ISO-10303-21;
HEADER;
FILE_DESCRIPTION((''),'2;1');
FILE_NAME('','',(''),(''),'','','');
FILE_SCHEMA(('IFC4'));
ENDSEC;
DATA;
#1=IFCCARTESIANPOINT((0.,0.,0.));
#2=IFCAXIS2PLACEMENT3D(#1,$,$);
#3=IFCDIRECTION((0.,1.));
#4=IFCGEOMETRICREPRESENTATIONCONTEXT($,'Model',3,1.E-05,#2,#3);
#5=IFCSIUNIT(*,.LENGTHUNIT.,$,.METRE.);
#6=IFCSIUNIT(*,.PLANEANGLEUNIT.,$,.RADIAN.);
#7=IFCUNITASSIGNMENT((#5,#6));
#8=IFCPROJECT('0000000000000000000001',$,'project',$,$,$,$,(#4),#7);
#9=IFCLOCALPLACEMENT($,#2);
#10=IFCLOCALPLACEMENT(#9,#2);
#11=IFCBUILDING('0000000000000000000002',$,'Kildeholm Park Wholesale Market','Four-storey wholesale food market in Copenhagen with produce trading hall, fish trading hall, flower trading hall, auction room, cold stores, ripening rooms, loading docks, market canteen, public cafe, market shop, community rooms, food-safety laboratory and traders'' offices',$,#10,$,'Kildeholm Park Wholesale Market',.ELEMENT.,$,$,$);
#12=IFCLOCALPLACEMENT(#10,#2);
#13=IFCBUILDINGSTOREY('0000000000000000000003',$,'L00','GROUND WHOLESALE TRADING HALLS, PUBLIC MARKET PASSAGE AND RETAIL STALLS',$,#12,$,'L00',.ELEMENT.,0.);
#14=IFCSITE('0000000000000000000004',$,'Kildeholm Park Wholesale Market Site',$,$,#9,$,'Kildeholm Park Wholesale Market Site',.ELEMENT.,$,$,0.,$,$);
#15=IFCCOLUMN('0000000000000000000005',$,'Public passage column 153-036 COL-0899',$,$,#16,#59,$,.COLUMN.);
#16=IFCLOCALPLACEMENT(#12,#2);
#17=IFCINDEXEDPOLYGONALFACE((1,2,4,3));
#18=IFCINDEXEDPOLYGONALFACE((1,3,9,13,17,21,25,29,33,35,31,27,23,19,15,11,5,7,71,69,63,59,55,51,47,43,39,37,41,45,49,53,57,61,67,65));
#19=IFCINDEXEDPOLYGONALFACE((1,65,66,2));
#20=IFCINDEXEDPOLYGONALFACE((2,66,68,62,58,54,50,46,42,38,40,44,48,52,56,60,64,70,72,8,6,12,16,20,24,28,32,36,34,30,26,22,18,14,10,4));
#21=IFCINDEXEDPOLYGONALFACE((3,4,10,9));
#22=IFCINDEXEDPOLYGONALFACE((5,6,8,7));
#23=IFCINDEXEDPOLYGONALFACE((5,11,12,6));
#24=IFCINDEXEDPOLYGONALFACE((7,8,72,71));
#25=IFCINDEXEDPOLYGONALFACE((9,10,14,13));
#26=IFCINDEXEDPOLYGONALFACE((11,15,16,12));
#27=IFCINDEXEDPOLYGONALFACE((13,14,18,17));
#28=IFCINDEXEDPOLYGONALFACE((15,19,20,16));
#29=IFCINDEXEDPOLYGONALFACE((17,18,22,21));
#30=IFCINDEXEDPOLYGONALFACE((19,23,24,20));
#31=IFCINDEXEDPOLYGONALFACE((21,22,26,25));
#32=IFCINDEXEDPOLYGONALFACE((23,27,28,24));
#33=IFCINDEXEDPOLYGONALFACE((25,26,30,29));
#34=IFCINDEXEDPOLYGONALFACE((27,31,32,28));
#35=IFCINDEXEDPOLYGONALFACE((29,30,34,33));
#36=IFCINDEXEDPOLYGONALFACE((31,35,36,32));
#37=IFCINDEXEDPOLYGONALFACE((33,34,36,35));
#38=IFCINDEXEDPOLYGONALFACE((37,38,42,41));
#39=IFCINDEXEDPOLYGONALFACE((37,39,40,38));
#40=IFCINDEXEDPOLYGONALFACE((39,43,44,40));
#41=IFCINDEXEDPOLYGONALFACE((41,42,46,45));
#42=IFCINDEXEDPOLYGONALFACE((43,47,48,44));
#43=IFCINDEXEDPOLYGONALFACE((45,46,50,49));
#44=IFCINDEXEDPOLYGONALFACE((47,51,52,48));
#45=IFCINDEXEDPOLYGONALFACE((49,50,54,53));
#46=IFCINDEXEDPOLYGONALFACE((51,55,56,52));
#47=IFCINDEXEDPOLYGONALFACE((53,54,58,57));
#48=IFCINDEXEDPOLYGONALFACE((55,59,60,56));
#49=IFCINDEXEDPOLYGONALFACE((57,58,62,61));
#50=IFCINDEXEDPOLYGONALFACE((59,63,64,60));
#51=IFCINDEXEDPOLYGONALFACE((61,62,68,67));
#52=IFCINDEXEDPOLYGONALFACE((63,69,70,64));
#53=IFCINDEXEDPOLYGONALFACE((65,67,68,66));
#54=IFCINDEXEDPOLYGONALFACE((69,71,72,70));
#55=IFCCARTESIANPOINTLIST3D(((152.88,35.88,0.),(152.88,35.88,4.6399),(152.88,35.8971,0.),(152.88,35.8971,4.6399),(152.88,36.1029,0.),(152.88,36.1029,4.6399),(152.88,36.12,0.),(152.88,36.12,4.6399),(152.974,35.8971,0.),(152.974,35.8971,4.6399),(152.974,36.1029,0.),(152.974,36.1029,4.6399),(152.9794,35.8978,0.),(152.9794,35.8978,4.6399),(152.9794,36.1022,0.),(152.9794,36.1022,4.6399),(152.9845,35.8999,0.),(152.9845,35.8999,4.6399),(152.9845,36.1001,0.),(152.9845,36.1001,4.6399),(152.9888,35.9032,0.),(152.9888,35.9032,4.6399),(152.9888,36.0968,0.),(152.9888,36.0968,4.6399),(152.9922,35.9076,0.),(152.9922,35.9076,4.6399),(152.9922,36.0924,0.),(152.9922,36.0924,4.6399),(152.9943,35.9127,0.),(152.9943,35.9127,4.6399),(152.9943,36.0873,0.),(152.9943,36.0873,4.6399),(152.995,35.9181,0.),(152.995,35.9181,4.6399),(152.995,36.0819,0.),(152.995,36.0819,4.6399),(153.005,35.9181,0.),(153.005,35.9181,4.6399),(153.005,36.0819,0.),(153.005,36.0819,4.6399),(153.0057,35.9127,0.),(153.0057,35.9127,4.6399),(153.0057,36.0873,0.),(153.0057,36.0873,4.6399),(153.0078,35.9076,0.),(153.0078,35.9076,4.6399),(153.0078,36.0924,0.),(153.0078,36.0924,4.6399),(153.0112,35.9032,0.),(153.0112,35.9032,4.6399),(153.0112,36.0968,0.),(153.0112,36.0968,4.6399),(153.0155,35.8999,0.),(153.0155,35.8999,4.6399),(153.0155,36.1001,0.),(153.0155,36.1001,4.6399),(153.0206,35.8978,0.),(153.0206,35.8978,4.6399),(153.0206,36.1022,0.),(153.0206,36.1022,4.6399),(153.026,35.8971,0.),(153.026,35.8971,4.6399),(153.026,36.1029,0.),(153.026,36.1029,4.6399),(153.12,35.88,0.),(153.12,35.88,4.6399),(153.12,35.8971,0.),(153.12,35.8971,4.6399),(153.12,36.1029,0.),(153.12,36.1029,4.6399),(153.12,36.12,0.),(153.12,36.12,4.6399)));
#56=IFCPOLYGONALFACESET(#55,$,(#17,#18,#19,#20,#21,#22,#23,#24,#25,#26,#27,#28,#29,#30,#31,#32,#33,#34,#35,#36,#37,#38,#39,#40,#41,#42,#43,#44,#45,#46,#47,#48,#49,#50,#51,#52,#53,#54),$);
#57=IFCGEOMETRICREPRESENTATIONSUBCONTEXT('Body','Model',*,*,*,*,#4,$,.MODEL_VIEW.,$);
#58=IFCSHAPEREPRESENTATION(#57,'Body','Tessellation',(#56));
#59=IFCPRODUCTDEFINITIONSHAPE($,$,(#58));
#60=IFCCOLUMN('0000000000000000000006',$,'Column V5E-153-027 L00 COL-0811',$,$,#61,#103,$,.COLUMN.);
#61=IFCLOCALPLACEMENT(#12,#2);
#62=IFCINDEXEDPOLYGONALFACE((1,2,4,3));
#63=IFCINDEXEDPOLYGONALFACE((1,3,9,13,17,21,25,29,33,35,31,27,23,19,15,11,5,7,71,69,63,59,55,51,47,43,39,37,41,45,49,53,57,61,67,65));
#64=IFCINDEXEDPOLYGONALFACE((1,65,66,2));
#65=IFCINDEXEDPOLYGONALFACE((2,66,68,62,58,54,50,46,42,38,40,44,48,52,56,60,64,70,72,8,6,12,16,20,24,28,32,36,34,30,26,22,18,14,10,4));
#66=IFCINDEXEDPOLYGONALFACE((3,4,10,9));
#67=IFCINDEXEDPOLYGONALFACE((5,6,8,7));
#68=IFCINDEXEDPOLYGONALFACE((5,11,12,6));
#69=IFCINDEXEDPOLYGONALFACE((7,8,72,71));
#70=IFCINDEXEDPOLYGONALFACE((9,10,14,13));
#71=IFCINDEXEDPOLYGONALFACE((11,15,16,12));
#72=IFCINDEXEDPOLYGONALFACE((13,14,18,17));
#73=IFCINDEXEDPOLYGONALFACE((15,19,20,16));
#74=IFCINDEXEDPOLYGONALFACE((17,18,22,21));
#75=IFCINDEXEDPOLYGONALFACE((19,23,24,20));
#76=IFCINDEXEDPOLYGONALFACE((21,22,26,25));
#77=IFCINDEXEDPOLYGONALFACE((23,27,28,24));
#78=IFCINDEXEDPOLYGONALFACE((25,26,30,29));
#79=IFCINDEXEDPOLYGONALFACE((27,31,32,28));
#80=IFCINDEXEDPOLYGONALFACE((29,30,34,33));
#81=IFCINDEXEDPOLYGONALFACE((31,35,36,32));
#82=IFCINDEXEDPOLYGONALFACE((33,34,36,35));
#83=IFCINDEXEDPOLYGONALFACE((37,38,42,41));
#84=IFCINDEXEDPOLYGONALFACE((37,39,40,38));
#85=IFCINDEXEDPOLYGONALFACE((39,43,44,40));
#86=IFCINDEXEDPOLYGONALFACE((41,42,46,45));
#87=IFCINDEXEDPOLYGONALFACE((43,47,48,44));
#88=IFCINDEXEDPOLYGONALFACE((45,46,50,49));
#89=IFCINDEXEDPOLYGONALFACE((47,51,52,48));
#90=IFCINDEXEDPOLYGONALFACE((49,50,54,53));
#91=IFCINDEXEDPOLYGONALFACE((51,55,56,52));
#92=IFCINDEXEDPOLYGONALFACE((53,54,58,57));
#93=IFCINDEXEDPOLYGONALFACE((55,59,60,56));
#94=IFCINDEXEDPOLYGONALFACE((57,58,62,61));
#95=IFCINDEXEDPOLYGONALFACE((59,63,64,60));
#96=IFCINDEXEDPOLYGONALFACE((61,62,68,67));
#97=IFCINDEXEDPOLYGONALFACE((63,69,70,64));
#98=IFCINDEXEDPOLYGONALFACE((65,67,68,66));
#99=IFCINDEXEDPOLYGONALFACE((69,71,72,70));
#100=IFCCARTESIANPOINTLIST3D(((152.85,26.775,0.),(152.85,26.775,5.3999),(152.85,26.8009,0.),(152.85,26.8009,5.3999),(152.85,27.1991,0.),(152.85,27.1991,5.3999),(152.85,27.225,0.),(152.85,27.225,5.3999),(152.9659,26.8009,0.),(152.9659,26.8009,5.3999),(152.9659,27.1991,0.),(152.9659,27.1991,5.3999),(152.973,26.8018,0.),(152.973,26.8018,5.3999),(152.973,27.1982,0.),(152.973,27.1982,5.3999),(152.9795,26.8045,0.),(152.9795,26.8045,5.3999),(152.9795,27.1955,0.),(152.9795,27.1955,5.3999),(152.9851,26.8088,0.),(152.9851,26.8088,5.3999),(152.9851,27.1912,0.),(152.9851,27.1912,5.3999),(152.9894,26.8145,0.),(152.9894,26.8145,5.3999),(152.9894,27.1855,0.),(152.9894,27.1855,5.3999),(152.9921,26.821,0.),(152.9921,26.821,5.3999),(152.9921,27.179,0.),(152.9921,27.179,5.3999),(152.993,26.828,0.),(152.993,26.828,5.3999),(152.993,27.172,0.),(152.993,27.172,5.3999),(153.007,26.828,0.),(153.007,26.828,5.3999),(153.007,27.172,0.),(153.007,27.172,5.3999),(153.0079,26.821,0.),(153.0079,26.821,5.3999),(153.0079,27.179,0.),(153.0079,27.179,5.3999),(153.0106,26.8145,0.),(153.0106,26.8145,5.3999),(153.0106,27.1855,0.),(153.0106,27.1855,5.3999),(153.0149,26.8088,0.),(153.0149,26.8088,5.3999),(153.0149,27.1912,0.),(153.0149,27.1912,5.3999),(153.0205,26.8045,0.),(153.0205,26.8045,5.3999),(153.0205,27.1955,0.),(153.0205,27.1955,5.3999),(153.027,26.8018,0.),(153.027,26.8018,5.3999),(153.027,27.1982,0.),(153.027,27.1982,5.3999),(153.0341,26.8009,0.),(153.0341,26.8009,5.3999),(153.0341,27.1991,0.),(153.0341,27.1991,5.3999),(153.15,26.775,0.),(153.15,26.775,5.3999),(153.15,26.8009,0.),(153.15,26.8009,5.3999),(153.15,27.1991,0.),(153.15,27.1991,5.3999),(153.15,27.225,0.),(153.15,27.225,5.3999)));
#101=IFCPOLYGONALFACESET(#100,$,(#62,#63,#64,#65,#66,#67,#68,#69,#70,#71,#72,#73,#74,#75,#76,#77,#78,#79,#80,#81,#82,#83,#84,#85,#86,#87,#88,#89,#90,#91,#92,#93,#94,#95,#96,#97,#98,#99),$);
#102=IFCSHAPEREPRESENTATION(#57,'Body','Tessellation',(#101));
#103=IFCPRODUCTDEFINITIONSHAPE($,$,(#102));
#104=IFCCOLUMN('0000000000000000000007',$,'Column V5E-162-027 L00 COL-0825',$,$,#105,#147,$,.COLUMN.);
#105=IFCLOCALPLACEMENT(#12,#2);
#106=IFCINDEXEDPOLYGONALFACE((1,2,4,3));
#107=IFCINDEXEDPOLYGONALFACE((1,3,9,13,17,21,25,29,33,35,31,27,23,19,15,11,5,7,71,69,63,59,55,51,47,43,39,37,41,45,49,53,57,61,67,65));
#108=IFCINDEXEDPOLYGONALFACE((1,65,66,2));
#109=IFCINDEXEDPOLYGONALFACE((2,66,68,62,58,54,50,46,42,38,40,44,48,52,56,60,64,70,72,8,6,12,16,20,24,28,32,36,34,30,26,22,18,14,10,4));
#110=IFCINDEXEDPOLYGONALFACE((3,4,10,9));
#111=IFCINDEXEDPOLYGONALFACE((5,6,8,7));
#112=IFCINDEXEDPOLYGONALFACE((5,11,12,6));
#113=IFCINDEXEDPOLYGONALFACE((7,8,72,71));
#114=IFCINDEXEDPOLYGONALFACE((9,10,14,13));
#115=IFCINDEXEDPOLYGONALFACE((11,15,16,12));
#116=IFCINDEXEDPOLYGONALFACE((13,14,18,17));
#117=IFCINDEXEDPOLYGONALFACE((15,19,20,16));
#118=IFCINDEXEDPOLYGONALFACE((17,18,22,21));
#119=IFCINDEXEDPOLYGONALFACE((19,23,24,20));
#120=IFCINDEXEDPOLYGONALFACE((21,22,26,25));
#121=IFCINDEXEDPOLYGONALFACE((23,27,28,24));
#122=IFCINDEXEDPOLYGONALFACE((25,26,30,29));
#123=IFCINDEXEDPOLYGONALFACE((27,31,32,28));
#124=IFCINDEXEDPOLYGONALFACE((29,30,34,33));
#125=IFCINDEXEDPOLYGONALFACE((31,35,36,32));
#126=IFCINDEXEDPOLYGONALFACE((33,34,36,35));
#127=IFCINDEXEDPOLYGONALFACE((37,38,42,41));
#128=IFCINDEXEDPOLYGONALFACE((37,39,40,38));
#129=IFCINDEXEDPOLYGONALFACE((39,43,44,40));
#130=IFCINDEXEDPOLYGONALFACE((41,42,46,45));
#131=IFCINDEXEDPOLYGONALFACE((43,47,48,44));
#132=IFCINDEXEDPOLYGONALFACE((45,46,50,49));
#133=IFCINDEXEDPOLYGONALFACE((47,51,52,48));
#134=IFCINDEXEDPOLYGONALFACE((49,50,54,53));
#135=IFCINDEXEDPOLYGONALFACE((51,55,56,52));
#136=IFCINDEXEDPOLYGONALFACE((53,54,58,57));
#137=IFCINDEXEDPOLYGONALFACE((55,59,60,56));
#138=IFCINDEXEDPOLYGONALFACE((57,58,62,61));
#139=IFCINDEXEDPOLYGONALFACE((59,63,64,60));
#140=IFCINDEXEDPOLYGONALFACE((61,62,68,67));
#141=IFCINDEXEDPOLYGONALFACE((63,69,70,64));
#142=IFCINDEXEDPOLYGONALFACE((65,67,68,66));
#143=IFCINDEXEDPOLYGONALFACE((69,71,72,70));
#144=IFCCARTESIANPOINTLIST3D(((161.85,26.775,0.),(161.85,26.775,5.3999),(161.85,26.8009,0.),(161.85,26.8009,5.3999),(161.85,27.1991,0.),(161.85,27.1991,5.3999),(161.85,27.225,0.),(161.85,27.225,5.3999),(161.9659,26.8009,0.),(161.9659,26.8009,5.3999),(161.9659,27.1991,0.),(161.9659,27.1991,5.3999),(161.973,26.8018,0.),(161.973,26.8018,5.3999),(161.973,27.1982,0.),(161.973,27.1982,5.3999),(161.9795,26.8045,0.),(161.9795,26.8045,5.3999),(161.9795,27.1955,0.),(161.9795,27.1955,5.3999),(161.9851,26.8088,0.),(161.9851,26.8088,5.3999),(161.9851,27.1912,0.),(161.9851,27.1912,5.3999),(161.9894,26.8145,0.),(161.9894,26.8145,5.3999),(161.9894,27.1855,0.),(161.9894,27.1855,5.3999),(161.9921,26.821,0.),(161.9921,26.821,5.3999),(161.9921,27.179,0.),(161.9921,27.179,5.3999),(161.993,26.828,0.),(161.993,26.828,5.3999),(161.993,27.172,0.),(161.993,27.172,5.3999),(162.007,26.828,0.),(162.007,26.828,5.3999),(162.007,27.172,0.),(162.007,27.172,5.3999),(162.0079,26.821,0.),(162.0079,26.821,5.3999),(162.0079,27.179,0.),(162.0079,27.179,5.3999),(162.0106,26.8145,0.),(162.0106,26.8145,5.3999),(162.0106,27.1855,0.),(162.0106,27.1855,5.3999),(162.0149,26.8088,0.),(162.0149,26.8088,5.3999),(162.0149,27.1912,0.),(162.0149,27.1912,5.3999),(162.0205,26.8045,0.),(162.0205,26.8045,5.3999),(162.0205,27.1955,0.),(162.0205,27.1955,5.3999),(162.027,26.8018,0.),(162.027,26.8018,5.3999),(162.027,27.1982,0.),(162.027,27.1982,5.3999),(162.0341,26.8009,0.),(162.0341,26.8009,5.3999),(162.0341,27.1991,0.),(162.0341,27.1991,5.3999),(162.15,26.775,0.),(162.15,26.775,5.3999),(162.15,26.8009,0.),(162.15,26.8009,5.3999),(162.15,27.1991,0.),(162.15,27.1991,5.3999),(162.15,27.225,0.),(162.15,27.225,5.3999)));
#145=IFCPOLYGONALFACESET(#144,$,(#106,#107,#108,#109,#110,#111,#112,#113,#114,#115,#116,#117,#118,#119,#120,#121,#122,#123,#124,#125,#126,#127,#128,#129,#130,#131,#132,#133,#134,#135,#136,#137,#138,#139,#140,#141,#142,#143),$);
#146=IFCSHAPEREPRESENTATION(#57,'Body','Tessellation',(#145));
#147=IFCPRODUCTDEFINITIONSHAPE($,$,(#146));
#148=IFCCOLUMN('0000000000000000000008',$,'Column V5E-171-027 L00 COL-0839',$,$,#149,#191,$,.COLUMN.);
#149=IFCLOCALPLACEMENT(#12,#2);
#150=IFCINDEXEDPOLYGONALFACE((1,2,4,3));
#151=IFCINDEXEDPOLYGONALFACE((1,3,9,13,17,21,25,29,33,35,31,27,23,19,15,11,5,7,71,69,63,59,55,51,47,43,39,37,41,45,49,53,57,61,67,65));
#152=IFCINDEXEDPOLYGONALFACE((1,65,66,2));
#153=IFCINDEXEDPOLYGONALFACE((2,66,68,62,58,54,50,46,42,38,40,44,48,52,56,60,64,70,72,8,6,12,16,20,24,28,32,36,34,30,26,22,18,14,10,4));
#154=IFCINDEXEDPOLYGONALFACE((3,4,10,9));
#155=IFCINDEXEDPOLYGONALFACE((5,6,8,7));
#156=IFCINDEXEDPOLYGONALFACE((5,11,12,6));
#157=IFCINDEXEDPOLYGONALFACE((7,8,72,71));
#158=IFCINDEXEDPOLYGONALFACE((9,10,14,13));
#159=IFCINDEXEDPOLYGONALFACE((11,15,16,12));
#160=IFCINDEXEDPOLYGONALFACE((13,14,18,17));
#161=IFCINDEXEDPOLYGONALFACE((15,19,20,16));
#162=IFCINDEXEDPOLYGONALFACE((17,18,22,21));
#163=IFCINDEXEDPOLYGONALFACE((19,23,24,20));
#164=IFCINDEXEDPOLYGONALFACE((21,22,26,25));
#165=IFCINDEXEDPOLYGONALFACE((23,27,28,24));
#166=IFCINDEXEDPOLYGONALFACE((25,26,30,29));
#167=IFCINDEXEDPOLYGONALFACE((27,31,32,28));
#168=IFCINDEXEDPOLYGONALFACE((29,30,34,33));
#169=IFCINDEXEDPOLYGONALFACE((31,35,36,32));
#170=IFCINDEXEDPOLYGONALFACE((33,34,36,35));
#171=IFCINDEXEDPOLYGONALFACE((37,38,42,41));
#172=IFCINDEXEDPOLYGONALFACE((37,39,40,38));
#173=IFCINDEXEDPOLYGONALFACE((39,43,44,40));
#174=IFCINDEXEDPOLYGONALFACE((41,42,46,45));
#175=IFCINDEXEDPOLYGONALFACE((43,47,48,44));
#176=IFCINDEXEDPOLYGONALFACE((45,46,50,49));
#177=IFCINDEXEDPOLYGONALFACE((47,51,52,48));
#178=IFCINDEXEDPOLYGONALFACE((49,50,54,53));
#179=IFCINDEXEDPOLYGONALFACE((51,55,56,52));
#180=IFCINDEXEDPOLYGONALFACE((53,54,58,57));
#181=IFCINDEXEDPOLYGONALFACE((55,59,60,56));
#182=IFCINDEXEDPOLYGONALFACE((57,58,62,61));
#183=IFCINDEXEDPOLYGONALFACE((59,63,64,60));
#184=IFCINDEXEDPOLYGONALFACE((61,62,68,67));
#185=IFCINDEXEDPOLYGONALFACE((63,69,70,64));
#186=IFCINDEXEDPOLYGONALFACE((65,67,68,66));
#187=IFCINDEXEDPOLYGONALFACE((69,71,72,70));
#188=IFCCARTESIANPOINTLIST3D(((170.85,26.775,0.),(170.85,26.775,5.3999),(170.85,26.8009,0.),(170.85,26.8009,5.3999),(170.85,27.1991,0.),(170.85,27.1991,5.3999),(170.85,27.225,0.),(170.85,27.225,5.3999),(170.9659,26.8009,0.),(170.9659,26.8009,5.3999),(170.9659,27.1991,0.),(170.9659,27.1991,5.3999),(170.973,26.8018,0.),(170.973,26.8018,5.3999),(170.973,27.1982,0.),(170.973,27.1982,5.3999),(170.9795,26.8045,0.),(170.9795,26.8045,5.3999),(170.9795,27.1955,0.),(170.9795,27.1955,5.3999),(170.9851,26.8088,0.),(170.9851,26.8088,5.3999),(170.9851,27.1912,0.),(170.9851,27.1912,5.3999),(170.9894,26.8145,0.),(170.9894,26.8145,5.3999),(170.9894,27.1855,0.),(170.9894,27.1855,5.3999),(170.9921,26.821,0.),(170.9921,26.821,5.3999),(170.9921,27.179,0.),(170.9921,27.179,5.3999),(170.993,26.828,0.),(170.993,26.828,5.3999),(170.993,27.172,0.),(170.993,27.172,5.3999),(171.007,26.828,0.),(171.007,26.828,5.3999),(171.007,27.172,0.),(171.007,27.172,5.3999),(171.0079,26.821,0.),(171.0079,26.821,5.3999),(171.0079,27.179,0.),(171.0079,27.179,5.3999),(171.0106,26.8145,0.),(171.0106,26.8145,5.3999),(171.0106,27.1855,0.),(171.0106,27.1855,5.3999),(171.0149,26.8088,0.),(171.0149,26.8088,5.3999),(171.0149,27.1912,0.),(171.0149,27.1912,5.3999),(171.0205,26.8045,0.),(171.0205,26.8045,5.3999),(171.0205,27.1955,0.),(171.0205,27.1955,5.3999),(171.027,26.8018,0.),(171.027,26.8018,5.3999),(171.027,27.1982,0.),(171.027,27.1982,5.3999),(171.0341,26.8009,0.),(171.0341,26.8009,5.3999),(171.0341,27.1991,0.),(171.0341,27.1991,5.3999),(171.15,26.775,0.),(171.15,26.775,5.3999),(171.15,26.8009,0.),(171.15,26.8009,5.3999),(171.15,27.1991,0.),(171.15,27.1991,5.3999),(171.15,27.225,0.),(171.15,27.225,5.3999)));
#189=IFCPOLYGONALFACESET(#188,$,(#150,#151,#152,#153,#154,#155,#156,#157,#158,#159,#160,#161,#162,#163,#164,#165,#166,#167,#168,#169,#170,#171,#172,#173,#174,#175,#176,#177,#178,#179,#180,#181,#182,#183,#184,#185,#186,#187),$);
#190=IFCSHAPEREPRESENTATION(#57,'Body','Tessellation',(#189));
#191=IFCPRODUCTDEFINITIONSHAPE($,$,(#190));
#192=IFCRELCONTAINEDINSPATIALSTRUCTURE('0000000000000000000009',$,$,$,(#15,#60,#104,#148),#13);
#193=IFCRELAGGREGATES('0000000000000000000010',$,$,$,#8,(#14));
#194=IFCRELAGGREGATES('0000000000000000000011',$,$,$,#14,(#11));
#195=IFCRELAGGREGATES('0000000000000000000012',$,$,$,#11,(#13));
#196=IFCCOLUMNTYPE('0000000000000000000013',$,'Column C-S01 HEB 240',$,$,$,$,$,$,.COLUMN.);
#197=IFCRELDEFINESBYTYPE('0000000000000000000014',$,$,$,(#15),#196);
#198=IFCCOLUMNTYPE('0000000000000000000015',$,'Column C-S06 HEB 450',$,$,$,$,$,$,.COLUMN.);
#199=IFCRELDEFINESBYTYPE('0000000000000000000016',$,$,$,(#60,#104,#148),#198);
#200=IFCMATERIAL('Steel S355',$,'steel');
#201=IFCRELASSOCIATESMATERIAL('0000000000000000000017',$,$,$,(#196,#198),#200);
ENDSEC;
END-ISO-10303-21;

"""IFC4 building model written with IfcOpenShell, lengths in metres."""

from ifc_helpers import new_model, si_unit, direction, frame, origin, origin_2d, place, context, subcontext, project, spatial, i_section, extrude, material, material_profile, profile_set, type_object, element, save


model = new_model("IFC4")

# Units and contexts
model_context = context("Model", 3, precision=1e-05, world=origin(), true_north=direction((0.0, 1.0)))
body_context = subcontext(model_context, "Body", "Model", "MODEL_VIEW")
ifc_project = project(units=[si_unit("LENGTHUNIT", "METRE"), si_unit("PLANEANGLEUNIT", "RADIAN")], contexts=[model_context])

# Site, building, storey
site_placement = place(None, origin())
site = spatial("IfcSite", under=ifc_project, at=site_placement, Name="Kildeholm Park Wholesale Market Site", LongName="Kildeholm Park Wholesale Market Site", CompositionType="ELEMENT", RefElevation=0.0)
building_placement = place(site_placement, origin())
building = spatial("IfcBuilding", under=site, at=building_placement, Name="Kildeholm Park Wholesale Market", Description="Four-storey wholesale food market in Copenhagen with produce trading hall, fish trading hall, flower trading hall, auction room, cold stores, ripening rooms, loading docks, market canteen, public cafe, market shop, community rooms, food-safety laboratory and traders' offices", LongName="Kildeholm Park Wholesale Market", CompositionType="ELEMENT")
storey_placement = place(building_placement, origin())
storey = spatial("IfcBuildingStorey", under=building, at=storey_placement, Name="L00", Description="GROUND WHOLESALE TRADING HALLS, PUBLIC MARKET PASSAGE AND RETAIL STALLS", LongName="L00", CompositionType="ELEMENT", Elevation=0.0)

# Columns
ifc_material_1 = material(Name="Steel S355", Category="steel")
ifc_material_profile_1 = material_profile(ifc_material_1, i_section(OverallWidth=0.24, OverallDepth=0.24, WebThickness=0.01, FlangeThickness=0.0171, FilletRadius=0.021, at=origin_2d()), Name="HEB 240")
ifc_profile_set_1 = profile_set([ifc_material_profile_1], Name="Steel S355")
column_type_1 = type_object("IfcColumnType", Name="Column C-S01 HEB 240", PredefinedType="COLUMN", material=ifc_profile_set_1)
column_1_placement = place(storey_placement, frame((153.0, 36.0, 0.0), z_axis=(0.0, 0.0, 1.0), x_axis=(1.0, 0.0, 0.0)))
element("IfcColumn", 1, at=column_1_placement, inside=storey, type_object=column_type_1, Name="Public passage column 153-036 COL-0899", PredefinedType="COLUMN", context=body_context, shape_type="SweptSolid", body=[
    extrude(i_section(OverallWidth=0.24, OverallDepth=0.24, WebThickness=0.01, FlangeThickness=0.0171, FilletRadius=0.021, at=origin_2d()), origin(), (0.0, 0.0, 1.0), 4.6399),
])
ifc_material_profile_2 = material_profile(ifc_material_1, i_section(OverallWidth=0.3, OverallDepth=0.45, WebThickness=0.0139, FlangeThickness=0.0259, FilletRadius=0.0271, at=origin_2d()), Name="HEB 450")
ifc_profile_set_2 = profile_set([ifc_material_profile_2], Name="Steel S355")
column_type_2 = type_object("IfcColumnType", Name="Column C-S06 HEB 450", PredefinedType="COLUMN", material=ifc_profile_set_2)
for number, where, z_axis, x_axis, name in (
    (2, (153.0, 27.0, 0.0), (0.0, 0.0, 1.0), (1.0, 0.0, 0.0), "Column V5E-153-027 L00 COL-0811"),
    (3, (162.0, 27.0, 0.0), (0.0, 0.0, 1.0), (1.0, 0.0, 0.0), "Column V5E-162-027 L00 COL-0825"),
    (4, (171.0, 27.0, 0.0), (0.0, 0.0, 1.0), (1.0, 0.0, 0.0), "Column V5E-171-027 L00 COL-0839"),
):
    element("IfcColumn", number, at=place(storey_placement, frame(where, z_axis=z_axis, x_axis=x_axis)), inside=storey, type_object=column_type_2, Name=name, PredefinedType="COLUMN", context=body_context, shape_type="SweptSolid", body=[
        extrude(i_section(OverallWidth=0.3, OverallDepth=0.45, WebThickness=0.0139, FlangeThickness=0.0259, FilletRadius=0.0271, at=origin_2d()), origin(), (0.0, 0.0, 1.0), 5.3999),
    ])

save(model, "model.ifc")
